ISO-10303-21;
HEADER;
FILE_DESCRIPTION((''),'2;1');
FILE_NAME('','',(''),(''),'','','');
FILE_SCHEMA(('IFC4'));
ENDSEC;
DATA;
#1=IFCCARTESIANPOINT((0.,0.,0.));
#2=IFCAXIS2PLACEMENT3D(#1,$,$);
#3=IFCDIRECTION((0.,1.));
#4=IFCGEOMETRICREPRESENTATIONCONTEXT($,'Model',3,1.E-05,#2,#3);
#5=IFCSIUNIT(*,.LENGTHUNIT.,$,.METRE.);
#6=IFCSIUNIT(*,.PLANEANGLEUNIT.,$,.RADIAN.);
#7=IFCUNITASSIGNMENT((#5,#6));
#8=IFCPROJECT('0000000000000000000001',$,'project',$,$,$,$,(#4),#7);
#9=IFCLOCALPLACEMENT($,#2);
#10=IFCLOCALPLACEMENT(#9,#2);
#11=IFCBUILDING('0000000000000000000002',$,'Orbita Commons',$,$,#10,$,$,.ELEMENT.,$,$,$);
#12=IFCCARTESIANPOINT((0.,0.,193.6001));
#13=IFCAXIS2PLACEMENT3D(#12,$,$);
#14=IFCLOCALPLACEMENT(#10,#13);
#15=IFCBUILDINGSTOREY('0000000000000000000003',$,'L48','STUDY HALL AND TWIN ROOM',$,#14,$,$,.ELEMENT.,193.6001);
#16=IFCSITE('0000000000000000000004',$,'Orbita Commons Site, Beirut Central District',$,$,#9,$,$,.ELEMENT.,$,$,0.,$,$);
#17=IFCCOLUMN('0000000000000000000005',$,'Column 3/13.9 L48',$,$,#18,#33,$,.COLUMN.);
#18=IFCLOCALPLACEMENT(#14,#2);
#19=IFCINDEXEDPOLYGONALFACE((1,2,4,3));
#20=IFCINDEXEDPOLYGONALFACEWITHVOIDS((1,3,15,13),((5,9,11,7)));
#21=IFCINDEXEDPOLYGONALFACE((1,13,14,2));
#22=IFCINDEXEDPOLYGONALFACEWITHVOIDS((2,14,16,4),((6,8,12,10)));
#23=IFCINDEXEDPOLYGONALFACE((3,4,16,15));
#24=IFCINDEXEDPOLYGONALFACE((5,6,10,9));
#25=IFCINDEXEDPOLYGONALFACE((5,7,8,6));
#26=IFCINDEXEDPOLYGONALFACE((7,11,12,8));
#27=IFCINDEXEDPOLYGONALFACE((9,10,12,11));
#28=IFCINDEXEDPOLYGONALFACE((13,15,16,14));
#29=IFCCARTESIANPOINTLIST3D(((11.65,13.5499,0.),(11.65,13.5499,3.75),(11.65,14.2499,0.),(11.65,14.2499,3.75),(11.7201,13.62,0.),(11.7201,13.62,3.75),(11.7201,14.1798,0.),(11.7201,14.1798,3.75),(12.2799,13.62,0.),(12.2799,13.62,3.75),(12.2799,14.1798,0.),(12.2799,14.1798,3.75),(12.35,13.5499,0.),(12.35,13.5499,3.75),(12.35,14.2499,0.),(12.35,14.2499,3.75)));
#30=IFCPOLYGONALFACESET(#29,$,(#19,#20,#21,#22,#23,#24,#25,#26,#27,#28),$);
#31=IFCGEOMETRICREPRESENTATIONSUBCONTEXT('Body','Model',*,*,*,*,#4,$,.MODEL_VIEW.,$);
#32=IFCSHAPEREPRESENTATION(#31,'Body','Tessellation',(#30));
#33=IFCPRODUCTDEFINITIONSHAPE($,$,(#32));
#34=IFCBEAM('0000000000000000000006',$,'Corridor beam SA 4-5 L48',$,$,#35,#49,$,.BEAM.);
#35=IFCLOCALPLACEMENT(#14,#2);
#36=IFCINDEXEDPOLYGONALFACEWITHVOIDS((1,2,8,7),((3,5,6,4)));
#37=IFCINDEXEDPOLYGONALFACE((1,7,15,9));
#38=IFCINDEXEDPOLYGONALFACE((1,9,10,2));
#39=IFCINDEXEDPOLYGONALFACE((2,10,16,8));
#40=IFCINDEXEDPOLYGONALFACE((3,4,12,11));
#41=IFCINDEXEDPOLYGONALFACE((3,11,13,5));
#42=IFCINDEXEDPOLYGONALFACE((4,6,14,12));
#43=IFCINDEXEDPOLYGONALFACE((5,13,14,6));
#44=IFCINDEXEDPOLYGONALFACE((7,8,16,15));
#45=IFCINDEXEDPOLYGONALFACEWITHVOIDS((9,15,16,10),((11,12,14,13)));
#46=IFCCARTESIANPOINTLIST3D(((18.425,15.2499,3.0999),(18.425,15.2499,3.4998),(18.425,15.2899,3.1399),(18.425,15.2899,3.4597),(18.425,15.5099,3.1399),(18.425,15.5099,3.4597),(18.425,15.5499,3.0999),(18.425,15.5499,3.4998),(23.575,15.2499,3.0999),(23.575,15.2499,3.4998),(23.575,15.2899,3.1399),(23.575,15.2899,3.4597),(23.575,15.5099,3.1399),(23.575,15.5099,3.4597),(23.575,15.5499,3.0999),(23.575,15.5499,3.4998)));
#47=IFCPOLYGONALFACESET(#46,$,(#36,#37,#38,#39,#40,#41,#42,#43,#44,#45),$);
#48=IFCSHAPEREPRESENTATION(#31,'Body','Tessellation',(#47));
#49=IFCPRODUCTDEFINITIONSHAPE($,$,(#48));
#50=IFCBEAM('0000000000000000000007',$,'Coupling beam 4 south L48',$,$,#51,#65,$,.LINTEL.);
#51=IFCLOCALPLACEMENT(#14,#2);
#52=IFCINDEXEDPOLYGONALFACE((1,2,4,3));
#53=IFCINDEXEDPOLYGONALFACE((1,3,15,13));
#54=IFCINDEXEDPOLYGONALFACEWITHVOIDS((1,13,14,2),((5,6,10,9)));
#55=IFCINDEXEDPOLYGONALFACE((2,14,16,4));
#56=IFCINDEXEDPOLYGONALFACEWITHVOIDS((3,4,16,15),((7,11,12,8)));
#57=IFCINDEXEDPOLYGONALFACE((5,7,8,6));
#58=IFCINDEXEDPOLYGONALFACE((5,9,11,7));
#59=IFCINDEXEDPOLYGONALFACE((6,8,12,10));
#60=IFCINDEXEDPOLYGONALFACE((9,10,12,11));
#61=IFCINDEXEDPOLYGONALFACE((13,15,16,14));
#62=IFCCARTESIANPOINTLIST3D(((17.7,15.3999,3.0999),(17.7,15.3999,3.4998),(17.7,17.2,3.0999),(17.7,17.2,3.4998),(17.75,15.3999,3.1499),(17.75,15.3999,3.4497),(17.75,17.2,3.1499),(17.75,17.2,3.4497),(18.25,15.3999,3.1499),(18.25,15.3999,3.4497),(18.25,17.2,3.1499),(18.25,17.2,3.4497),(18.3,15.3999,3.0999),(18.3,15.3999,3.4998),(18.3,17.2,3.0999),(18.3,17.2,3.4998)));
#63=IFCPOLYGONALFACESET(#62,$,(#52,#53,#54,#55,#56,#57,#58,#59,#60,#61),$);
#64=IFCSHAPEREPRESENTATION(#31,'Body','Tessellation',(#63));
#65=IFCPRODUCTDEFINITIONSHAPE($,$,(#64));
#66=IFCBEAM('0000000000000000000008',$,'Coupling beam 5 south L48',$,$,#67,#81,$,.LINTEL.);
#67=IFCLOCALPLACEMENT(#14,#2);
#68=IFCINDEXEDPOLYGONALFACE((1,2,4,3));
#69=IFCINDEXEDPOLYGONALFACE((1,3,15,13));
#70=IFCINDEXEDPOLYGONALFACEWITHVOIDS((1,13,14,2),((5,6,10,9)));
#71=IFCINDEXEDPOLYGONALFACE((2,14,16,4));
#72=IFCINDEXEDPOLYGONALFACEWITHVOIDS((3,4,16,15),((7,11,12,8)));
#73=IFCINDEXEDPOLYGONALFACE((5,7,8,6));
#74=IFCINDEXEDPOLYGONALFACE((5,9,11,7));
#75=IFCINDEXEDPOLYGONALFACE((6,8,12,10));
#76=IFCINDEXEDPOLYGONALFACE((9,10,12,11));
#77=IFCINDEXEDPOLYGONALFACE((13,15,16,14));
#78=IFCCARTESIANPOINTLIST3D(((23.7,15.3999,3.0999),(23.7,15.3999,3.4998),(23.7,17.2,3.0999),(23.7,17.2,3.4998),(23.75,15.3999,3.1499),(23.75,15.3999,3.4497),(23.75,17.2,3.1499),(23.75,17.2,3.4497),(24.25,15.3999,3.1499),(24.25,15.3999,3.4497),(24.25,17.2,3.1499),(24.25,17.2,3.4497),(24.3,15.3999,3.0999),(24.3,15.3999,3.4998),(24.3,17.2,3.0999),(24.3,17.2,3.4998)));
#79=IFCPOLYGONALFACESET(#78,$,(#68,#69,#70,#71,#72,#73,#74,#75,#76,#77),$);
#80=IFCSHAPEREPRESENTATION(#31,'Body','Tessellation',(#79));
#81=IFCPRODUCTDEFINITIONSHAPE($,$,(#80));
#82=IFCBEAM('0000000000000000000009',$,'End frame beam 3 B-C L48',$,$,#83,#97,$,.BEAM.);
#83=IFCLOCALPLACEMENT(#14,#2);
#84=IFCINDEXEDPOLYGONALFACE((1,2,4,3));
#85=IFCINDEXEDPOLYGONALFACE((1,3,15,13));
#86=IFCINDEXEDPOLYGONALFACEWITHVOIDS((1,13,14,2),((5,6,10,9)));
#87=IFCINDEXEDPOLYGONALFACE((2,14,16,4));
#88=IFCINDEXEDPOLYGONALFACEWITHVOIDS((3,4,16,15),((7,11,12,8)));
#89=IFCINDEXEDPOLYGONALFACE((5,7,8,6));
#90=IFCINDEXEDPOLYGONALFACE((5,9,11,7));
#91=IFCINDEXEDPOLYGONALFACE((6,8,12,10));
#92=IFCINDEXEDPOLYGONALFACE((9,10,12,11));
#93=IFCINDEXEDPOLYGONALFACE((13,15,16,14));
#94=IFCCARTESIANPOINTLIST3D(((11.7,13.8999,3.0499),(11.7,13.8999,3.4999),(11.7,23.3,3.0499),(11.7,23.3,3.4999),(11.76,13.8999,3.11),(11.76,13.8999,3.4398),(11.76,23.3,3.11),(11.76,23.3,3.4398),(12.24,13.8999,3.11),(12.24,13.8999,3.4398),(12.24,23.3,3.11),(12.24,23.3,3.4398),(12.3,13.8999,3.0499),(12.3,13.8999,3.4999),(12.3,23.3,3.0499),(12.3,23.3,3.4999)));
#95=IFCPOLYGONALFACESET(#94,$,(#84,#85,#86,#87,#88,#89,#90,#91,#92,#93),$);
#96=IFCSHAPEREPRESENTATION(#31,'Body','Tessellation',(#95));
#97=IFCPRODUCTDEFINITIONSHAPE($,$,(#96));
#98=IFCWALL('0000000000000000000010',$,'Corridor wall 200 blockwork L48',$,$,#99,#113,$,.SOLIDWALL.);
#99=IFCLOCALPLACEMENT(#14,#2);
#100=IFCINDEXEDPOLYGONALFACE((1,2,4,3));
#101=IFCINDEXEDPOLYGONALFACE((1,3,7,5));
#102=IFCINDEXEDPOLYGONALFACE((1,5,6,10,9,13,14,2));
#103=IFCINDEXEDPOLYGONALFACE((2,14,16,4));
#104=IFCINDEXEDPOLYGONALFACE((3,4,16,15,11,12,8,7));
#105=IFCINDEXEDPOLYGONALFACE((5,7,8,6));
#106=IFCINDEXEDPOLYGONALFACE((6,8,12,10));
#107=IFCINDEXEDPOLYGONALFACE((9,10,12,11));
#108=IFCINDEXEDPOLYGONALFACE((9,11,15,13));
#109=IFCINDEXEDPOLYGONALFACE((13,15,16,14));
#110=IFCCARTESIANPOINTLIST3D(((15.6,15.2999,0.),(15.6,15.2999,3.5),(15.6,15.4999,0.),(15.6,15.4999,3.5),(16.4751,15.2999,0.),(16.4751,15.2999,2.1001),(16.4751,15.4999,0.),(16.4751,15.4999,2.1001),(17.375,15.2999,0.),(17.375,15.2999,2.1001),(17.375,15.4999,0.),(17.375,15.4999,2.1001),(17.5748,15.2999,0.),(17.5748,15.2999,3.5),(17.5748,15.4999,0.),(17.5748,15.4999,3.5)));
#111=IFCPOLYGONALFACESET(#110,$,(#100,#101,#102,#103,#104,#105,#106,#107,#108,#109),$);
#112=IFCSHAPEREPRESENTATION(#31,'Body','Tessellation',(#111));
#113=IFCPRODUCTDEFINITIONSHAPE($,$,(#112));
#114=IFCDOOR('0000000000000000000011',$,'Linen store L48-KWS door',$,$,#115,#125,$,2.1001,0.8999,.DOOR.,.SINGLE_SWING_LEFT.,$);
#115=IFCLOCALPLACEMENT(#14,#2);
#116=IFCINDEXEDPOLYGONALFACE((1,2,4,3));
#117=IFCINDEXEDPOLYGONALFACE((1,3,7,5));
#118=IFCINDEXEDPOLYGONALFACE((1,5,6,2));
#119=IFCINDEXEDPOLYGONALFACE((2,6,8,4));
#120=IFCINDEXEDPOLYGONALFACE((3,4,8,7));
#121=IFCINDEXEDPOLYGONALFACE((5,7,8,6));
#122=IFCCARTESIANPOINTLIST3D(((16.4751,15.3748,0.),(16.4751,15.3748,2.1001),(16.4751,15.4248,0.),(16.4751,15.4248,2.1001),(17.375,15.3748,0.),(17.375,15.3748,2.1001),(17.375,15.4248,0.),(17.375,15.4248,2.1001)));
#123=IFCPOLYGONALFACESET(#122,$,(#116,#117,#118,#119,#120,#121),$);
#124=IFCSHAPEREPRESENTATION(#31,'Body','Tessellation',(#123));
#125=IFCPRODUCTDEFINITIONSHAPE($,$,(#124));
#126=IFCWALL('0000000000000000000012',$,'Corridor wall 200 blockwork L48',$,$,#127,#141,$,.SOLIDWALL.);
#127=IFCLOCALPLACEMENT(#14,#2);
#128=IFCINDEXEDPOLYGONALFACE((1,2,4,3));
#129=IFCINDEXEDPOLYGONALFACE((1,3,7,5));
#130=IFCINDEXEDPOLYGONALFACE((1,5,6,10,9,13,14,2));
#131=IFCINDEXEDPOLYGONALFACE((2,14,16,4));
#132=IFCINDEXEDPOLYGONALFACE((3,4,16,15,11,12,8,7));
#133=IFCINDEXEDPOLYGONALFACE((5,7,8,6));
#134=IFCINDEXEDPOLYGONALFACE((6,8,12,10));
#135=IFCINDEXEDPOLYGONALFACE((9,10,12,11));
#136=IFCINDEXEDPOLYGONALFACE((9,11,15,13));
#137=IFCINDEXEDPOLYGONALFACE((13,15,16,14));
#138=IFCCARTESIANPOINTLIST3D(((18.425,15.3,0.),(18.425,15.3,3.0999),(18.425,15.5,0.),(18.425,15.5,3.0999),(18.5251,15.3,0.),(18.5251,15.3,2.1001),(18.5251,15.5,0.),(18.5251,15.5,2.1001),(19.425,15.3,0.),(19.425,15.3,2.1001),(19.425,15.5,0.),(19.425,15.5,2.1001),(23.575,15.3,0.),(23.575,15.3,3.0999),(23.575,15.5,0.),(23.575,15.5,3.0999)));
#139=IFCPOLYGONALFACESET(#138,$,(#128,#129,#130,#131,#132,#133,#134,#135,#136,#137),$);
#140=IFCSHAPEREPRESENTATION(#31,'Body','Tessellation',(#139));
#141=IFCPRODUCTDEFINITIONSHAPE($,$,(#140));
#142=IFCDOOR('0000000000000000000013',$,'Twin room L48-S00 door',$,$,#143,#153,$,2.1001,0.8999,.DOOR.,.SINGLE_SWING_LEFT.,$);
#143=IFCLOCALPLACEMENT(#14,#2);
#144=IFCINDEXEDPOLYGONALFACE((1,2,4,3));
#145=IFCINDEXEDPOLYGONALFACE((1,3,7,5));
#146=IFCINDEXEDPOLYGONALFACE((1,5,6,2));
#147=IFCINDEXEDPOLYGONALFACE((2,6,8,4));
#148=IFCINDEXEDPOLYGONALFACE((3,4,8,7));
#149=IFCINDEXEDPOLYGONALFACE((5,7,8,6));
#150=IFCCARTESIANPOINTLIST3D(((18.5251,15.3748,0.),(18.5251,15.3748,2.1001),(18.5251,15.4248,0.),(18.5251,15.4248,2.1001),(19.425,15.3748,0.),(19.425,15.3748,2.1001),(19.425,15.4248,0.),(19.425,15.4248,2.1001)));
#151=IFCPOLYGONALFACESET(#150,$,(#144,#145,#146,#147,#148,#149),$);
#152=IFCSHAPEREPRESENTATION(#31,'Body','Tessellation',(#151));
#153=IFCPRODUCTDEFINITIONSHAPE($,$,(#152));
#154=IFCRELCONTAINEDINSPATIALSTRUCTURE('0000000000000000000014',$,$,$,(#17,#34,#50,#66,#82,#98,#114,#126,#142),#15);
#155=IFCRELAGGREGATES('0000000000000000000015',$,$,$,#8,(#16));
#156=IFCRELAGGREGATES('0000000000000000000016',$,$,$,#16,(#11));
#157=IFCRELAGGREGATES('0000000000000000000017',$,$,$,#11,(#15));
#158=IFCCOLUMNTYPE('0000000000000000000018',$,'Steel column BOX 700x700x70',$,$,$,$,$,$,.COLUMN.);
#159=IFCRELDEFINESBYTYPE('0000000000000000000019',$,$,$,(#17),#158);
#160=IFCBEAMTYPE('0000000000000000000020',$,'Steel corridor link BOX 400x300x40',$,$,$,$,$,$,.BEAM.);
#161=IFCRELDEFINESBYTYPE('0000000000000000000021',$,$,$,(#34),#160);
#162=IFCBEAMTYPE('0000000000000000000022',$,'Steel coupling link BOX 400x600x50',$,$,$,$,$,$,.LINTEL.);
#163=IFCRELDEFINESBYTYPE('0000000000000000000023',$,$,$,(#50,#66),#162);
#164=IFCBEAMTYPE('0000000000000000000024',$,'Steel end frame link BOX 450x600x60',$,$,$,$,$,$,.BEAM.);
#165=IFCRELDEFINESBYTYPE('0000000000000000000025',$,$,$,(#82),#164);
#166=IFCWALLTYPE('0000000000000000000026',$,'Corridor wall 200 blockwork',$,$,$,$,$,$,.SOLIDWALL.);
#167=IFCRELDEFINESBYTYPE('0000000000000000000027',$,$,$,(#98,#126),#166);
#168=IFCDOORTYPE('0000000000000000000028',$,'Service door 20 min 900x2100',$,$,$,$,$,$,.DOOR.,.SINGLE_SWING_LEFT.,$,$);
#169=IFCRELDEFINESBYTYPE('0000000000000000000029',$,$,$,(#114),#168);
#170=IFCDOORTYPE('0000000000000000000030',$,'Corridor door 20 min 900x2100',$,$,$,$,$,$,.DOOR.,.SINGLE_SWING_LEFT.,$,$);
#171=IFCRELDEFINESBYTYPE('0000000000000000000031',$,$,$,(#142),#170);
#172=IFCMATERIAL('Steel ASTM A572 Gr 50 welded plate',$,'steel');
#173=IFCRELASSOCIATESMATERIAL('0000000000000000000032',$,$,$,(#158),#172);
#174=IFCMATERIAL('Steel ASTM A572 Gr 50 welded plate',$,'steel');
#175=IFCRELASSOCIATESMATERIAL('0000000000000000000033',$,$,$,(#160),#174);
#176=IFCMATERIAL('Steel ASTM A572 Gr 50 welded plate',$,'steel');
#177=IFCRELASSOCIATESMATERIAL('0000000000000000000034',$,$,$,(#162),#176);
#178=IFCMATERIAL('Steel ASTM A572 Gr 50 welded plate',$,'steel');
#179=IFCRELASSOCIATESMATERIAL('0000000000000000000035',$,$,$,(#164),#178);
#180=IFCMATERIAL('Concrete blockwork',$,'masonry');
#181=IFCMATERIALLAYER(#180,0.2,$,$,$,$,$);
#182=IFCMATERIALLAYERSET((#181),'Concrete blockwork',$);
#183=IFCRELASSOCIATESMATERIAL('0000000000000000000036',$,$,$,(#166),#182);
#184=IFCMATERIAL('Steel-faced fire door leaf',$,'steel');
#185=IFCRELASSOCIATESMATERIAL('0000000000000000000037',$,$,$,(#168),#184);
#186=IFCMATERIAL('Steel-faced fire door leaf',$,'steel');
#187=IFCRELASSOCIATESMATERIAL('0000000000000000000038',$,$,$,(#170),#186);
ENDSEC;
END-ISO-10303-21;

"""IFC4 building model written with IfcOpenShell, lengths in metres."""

from ifc_helpers import new_model, si_unit, direction, frame, frame_2d, origin, origin_2d, place, context, subcontext, project, spatial, polyline, rectangle, hollow_rectangle, outline, extrude, material, layer, layer_set, material_profile, profile_set, type_object, element, fill, save


model = new_model("IFC4")

# Units and contexts
model_context = context("Model", 3, precision=1e-05, world=origin(), true_north=direction((0.0, 1.0)))
body_context = subcontext(model_context, "Body", "Model", "MODEL_VIEW")
ifc_project = project(units=[si_unit("LENGTHUNIT", "METRE"), si_unit("PLANEANGLEUNIT", "RADIAN")], contexts=[model_context])

# Site, building, storey
site_placement = place(None, origin())
site = spatial("IfcSite", under=ifc_project, at=site_placement, Name="Orbita Commons Site, Beirut Central District", CompositionType="ELEMENT", RefElevation=0.0)
building_placement = place(site_placement, origin())
building = spatial("IfcBuilding", under=site, at=building_placement, Name="Orbita Commons", CompositionType="ELEMENT")
storey_placement = place(building_placement, frame((0.0, 0.0, 193.6001)))
storey = spatial("IfcBuildingStorey", under=building, at=storey_placement, Name="L48", Description="STUDY HALL AND TWIN ROOM", CompositionType="ELEMENT", Elevation=193.6001)

# Column
ifc_material_1 = material(Name="Steel ASTM A572 Gr 50 welded plate", Category="steel")
ifc_material_profile_1 = material_profile(ifc_material_1, hollow_rectangle(XDim=0.7, YDim=0.7, WallThickness=0.0701, at=origin_2d()), Name="BOX 700x700x70")
ifc_profile_set_1 = profile_set([ifc_material_profile_1], Name="Steel ASTM A572 Gr 50 welded plate")
column_type = type_object("IfcColumnType", Name="Steel column BOX 700x700x70", PredefinedType="COLUMN", material=ifc_profile_set_1)
column_placement = place(storey_placement, frame((12.0, 13.8999, 0.0), z_axis=(0.0, 0.0, 1.0), x_axis=(1.0, 0.0, 0.0)))
element("IfcColumn", 1, at=column_placement, inside=storey, type_object=column_type, Name="Column 3/13.9 L48", PredefinedType="COLUMN", context=body_context, shape_type="SweptSolid", body=[
    extrude(hollow_rectangle(XDim=0.7, YDim=0.7, WallThickness=0.0701, at=origin_2d()), origin(), (0.0, 0.0, 1.0), 3.75),
])

# Beams
ifc_material_2 = material(Name="Steel ASTM A572 Gr 50 welded plate", Category="steel")
ifc_material_profile_2 = material_profile(ifc_material_2, hollow_rectangle(XDim=0.3, YDim=0.3999, WallThickness=0.04, at=origin_2d()), Name="BOX 400x300x40")
ifc_profile_set_2 = profile_set([ifc_material_profile_2], Name="Steel ASTM A572 Gr 50 welded plate")
beam_type_1 = type_object("IfcBeamType", Name="Steel corridor link BOX 400x300x40", PredefinedType="BEAM", material=ifc_profile_set_2)
beam_1_placement = place(storey_placement, frame((18.425, 15.3999, 3.2998), z_axis=(1.0, 0.0, 0.0), x_axis=(0.0, 1.0, 0.0)))
element("IfcBeam", 2, at=beam_1_placement, inside=storey, type_object=beam_type_1, Name="Corridor beam SA 4-5 L48", PredefinedType="BEAM", context=body_context, shape_type="SweptSolid", body=[
    extrude(hollow_rectangle(XDim=0.3, YDim=0.3999, WallThickness=0.04, at=origin_2d()), origin(), (0.0, 0.0, 1.0), 5.1499),
])
ifc_material_3 = material(Name="Steel ASTM A572 Gr 50 welded plate", Category="steel")
ifc_material_profile_3 = material_profile(ifc_material_3, hollow_rectangle(XDim=0.6001, YDim=0.3999, WallThickness=0.05, at=origin_2d()), Name="BOX 400x600x50")
ifc_profile_set_3 = profile_set([ifc_material_profile_3], Name="Steel ASTM A572 Gr 50 welded plate")
beam_type_2 = type_object("IfcBeamType", Name="Steel coupling link BOX 400x600x50", PredefinedType="LINTEL", material=ifc_profile_set_3)
for number, where, z_axis, x_axis, name in (
    (3, (18.0, 15.3999, 3.2998), (0.0, 1.0, 0.0), (-1.0, 0.0, 0.0), "Coupling beam 4 south L48"),
    (4, (24.0, 15.3999, 3.2998), (0.0, 1.0, 0.0), (-1.0, 0.0, 0.0), "Coupling beam 5 south L48"),
):
    element("IfcBeam", number, at=place(storey_placement, frame(where, z_axis=z_axis, x_axis=x_axis)), inside=storey, type_object=beam_type_2, Name=name, PredefinedType="LINTEL", context=body_context, shape_type="SweptSolid", body=[
        extrude(hollow_rectangle(XDim=0.6001, YDim=0.3999, WallThickness=0.05, at=origin_2d()), origin(), (0.0, 0.0, 1.0), 1.8),
    ])
ifc_material_4 = material(Name="Steel ASTM A572 Gr 50 welded plate", Category="steel")
ifc_material_profile_4 = material_profile(ifc_material_4, hollow_rectangle(XDim=0.6001, YDim=0.45, WallThickness=0.0601, at=origin_2d()), Name="BOX 450x600x60")
ifc_profile_set_4 = profile_set([ifc_material_profile_4], Name="Steel ASTM A572 Gr 50 welded plate")
beam_type_3 = type_object("IfcBeamType", Name="Steel end frame link BOX 450x600x60", PredefinedType="BEAM", material=ifc_profile_set_4)
beam_2_placement = place(storey_placement, frame((12.0, 13.8999, 3.2749), z_axis=(0.0, 1.0, 0.0), x_axis=(-1.0, 0.0, 0.0)))
element("IfcBeam", 5, at=beam_2_placement, inside=storey, type_object=beam_type_3, Name="End frame beam 3 B-C L48", PredefinedType="BEAM", context=body_context, shape_type="SweptSolid", body=[
    extrude(hollow_rectangle(XDim=0.6001, YDim=0.45, WallThickness=0.0601, at=origin_2d()), origin(), (0.0, 0.0, 1.0), 9.4001),
])

# Walls, openings, doors
ifc_material_5 = material(Name="Concrete blockwork", Category="masonry")
ifc_layer_1 = layer(ifc_material_5, 0.2)
ifc_layer_set_1 = layer_set([ifc_layer_1], Name="Concrete blockwork")
wall_type_1 = type_object("IfcWallType", Name="Corridor wall 200 blockwork", PredefinedType="SOLIDWALL", material=ifc_layer_set_1)
wall_1_placement = place(storey_placement, frame((15.6001, 15.3999, 0.0), z_axis=(0.0, 0.0, 1.0), x_axis=(1.0, 0.0, 0.0)))
wall_1 = element("IfcWall", 6, at=wall_1_placement, inside=storey, type_object=wall_type_1, Name="Corridor wall 200 blockwork L48", PredefinedType="SOLIDWALL", context=body_context, shape_type="SweptSolid", body=[
    extrude(rectangle(XDim=1.9749, YDim=0.2, at=frame_2d((0.9873, 0.0))), origin(), (0.0, 0.0, 1.0), 3.5),
])
opening_1_placement = place(wall_1_placement, frame((0.875, 0.0, 0.0)))
opening_1 = element("IfcOpeningElement", 7, at=opening_1_placement, cuts=wall_1, PredefinedType="OPENING", context=body_context, shape_type="SweptSolid", body=[
    extrude(rectangle(XDim=0.8999, YDim=2.1001, at=frame_2d((0.45, 1.05))), frame((0.0, 0.1099, 0.0), z_axis=(0.0, -1.0, 0.0), x_axis=(1.0, 0.0, 0.0)), (0.0, 0.0, 1.0), 0.22),
])
ifc_material_6 = material(Name="Steel-faced fire door leaf", Category="steel")
door_type_1 = type_object("IfcDoorType", Name="Service door 20 min 900x2100", OperationType="SINGLE_SWING_LEFT", PredefinedType="DOOR", material=ifc_material_6)
door_1_placement = place(opening_1_placement, origin())
door_1 = element("IfcDoor", 8, at=door_1_placement, inside=storey, type_object=door_type_1, Name="Linen store L48-KWS door", OperationType="SINGLE_SWING_LEFT", OverallHeight=2.1001, OverallWidth=0.8999, PredefinedType="DOOR", context=body_context, shape_type="SweptSolid", body=[
    extrude(rectangle(XDim=0.8999, YDim=2.1001, at=frame_2d((0.45, 1.05))), frame((0.0, 0.0249, 0.0), z_axis=(0.0, -1.0, 0.0), x_axis=(1.0, 0.0, 0.0)), (0.0, 0.0, 1.0), 0.05),
])
fill(opening_1, door_1)
wall_2_placement = place(storey_placement, frame((18.425, 15.3999, 0.0), z_axis=(0.0, 0.0, 1.0), x_axis=(1.0, 0.0, 0.0)))
wall_2 = element("IfcWall", 9, at=wall_2_placement, inside=storey, type_object=wall_type_1, Name="Corridor wall 200 blockwork L48", PredefinedType="SOLIDWALL", context=body_context, shape_type="SweptSolid", body=[
    extrude(outline(polyline([(0.0, 0.0), (5.1499, 0.0), (5.1499, 3.0999), (0.0, 3.0999), (0.0, 0.0)])), frame((0.0, 0.1001, 0.0), z_axis=(0.0, -1.0, 0.0), x_axis=(1.0, 0.0, 0.0)), (0.0, 0.0, 1.0), 0.2),
])
opening_2_placement = place(wall_2_placement, frame((0.1001, 0.0, 0.0)))
opening_2 = element("IfcOpeningElement", 10, at=opening_2_placement, cuts=wall_2, PredefinedType="OPENING", context=body_context, shape_type="SweptSolid", body=[
    extrude(rectangle(XDim=0.8999, YDim=2.1001, at=frame_2d((0.45, 1.05))), frame((0.0, 0.1099, 0.0), z_axis=(0.0, -1.0, 0.0), x_axis=(1.0, 0.0, 0.0)), (0.0, 0.0, 1.0), 0.22),
])
ifc_material_7 = material(Name="Steel-faced fire door leaf", Category="steel")
door_type_2 = type_object("IfcDoorType", Name="Corridor door 20 min 900x2100", OperationType="SINGLE_SWING_LEFT", PredefinedType="DOOR", material=ifc_material_7)
door_2_placement = place(opening_2_placement, origin())
door_2 = element("IfcDoor", 11, at=door_2_placement, inside=storey, type_object=door_type_2, Name="Twin room L48-S00 door", OperationType="SINGLE_SWING_LEFT", OverallHeight=2.1001, OverallWidth=0.8999, PredefinedType="DOOR", context=body_context, shape_type="SweptSolid", body=[
    extrude(rectangle(XDim=0.8999, YDim=2.1001, at=frame_2d((0.45, 1.05))), frame((0.0, 0.0249, 0.0), z_axis=(0.0, -1.0, 0.0), x_axis=(1.0, 0.0, 0.0)), (0.0, 0.0, 1.0), 0.05),
])
fill(opening_2, door_2)

save(model, "model.ifc")
